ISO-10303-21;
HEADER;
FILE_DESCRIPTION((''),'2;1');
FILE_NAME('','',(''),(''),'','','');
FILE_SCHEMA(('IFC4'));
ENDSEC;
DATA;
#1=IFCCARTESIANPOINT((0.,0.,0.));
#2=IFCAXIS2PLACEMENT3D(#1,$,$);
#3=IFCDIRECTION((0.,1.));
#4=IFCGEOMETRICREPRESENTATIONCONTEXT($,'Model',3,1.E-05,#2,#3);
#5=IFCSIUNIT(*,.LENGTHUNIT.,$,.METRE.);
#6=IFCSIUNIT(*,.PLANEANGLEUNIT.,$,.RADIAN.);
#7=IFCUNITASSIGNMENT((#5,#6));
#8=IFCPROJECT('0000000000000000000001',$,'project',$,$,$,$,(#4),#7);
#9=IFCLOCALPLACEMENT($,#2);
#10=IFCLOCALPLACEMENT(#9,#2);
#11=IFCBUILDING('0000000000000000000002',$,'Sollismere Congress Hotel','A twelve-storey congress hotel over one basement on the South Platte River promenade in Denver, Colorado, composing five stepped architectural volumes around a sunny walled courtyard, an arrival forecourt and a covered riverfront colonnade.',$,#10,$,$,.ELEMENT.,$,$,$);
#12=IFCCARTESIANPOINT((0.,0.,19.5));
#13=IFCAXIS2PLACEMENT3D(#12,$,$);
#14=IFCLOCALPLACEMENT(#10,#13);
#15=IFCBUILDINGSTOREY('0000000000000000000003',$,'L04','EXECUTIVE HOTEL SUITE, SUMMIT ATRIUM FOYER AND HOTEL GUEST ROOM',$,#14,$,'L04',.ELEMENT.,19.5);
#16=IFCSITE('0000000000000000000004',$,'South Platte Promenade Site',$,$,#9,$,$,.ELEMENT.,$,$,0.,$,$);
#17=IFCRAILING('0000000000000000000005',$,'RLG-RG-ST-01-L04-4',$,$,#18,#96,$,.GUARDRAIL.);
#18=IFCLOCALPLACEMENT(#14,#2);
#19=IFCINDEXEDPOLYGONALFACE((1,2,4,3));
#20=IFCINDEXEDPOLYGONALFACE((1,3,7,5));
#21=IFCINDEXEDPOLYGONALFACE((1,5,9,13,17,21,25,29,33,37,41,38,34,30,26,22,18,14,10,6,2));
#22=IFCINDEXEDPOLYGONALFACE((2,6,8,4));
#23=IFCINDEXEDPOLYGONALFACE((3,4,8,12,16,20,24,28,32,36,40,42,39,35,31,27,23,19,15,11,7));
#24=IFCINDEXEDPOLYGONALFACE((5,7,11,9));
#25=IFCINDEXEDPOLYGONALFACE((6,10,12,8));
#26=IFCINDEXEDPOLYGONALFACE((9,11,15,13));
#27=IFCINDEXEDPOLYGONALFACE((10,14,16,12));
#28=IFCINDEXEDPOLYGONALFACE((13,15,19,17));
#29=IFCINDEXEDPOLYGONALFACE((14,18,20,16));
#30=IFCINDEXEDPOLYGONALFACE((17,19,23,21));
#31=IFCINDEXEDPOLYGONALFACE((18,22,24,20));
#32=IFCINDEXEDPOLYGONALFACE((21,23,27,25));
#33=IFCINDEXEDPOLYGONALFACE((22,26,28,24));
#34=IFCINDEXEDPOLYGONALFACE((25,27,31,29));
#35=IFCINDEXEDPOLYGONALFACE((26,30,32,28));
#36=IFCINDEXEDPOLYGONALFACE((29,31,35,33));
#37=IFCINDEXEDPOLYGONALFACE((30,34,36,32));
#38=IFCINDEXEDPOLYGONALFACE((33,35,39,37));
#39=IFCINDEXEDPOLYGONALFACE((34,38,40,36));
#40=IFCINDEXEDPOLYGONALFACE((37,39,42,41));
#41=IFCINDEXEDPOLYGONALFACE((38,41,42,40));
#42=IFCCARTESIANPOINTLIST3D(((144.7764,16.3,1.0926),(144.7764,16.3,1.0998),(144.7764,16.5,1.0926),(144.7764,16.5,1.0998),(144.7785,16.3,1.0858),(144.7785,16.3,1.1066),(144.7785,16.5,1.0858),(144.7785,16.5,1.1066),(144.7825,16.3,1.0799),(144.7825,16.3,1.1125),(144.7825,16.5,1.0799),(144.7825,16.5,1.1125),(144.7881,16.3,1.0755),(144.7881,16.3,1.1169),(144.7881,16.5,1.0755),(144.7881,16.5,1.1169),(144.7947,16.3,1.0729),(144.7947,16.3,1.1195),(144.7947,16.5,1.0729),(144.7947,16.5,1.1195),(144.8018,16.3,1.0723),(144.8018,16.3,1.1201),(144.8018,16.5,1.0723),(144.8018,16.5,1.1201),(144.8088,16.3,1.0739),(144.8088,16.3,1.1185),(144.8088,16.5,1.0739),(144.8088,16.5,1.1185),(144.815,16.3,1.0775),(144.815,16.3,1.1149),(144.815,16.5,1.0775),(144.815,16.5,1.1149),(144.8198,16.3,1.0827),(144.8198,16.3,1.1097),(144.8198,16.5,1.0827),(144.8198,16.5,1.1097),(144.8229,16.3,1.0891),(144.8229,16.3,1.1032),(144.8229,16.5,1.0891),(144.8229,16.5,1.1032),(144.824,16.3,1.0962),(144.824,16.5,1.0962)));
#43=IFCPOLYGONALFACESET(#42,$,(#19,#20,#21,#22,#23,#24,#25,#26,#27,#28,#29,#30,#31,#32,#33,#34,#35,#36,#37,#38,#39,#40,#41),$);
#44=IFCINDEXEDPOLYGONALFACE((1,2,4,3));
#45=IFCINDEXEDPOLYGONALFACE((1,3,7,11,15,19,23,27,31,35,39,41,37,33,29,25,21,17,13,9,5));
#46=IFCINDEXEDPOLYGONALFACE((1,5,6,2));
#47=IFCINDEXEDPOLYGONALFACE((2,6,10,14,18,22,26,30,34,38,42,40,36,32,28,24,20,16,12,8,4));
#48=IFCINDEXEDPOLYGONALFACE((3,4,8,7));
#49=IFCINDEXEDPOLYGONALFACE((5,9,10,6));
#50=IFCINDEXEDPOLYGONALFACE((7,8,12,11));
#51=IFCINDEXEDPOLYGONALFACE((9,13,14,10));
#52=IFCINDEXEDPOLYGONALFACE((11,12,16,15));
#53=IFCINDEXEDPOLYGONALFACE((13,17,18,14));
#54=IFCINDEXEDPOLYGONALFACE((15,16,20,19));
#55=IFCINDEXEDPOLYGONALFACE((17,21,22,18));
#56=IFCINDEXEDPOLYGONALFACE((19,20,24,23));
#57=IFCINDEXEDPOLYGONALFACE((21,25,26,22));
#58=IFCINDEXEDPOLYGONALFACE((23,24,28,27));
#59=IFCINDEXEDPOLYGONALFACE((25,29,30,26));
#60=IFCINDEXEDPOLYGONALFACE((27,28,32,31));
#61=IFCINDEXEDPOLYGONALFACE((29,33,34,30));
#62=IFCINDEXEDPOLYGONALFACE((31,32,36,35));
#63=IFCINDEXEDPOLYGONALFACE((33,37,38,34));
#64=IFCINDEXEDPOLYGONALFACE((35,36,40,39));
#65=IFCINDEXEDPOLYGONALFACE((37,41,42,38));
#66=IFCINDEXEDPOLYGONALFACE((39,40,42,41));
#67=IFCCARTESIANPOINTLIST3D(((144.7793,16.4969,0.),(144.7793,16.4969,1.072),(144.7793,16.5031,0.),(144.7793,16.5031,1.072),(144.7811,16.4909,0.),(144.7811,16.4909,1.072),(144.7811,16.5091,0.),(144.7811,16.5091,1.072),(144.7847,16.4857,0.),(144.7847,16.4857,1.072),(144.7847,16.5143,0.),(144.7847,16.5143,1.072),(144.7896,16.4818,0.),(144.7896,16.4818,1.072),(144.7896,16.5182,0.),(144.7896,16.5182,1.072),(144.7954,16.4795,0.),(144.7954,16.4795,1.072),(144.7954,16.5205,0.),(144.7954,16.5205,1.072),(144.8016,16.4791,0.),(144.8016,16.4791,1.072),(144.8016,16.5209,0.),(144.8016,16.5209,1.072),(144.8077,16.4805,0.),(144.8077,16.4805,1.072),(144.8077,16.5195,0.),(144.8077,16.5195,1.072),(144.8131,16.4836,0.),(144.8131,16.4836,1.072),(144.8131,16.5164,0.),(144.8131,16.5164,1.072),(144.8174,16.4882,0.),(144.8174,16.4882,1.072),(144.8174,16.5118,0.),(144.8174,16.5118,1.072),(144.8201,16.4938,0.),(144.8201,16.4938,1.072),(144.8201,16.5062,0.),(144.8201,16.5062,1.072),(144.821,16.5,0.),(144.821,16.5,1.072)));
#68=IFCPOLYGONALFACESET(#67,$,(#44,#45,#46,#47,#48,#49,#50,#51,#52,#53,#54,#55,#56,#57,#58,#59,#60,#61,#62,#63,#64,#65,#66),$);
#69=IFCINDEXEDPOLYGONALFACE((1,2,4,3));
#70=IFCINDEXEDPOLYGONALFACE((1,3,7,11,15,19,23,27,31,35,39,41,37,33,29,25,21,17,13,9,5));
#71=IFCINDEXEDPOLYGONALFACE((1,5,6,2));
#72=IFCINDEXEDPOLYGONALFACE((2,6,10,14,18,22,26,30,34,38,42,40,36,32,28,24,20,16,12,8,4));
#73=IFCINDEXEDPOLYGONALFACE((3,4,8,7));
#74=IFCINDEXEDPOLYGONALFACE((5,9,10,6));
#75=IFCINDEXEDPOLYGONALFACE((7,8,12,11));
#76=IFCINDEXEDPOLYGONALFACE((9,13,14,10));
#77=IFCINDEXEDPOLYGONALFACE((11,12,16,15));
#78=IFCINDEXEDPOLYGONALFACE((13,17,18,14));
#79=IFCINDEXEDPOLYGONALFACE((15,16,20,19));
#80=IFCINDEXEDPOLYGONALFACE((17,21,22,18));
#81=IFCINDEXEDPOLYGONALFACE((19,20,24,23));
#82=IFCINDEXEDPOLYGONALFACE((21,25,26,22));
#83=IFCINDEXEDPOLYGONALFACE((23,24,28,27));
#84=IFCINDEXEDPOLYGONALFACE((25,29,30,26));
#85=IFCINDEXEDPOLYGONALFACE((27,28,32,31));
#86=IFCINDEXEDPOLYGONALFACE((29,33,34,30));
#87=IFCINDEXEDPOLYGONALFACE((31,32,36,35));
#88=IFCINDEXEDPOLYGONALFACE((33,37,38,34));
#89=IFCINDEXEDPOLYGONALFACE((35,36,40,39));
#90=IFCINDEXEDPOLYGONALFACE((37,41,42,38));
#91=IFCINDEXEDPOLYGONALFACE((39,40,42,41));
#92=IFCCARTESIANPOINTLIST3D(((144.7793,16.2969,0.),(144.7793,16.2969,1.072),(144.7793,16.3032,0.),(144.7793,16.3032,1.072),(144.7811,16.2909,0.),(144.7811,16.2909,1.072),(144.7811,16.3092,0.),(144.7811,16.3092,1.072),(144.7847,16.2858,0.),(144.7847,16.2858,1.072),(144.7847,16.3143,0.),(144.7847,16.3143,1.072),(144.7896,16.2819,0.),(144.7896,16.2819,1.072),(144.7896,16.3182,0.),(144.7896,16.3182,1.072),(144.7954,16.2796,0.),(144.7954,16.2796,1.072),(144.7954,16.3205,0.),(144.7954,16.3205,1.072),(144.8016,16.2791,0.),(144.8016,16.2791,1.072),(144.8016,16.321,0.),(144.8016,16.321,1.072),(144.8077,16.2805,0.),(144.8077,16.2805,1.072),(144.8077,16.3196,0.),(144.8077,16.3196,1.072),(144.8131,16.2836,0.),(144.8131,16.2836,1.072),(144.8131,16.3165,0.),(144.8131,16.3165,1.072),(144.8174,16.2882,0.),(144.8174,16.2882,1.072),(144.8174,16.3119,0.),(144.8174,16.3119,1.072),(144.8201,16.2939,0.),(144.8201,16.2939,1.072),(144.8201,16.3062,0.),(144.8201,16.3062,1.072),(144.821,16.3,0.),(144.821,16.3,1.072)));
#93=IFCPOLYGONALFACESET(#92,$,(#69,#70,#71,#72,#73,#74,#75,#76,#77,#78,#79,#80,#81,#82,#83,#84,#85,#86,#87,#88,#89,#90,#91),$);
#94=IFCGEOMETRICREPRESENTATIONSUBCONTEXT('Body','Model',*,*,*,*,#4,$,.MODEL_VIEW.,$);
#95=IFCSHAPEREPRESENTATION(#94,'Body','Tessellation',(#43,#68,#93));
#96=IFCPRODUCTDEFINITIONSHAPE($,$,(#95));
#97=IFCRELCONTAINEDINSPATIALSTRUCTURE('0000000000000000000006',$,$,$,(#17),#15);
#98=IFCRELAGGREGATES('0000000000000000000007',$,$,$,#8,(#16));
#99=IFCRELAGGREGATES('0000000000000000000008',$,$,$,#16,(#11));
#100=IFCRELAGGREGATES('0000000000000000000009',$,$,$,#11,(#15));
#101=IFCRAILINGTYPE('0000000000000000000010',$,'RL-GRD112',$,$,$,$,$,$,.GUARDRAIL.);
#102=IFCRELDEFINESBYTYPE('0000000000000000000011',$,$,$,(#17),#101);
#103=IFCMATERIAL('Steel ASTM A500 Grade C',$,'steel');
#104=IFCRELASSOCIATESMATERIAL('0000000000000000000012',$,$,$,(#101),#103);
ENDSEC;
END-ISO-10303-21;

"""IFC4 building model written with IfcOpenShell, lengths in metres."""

from ifc_helpers import new_model, si_unit, direction, frame, origin, origin_2d, place, context, subcontext, project, spatial, circle, extrude, material, type_object, element, save


model = new_model("IFC4")

# Units and contexts
model_context = context("Model", 3, precision=1e-05, world=origin(), true_north=direction((0.0, 1.0)))
body_context = subcontext(model_context, "Body", "Model", "MODEL_VIEW")
ifc_project = project(units=[si_unit("LENGTHUNIT", "METRE"), si_unit("PLANEANGLEUNIT", "RADIAN")], contexts=[model_context])

# Site, building, storey
site_placement = place(None, origin())
site = spatial("IfcSite", under=ifc_project, at=site_placement, Name="South Platte Promenade Site", CompositionType="ELEMENT", RefElevation=0.0)
building_placement = place(site_placement, origin())
building = spatial("IfcBuilding", under=site, at=building_placement, Name="Sollismere Congress Hotel", Description="A twelve-storey congress hotel over one basement on the South Platte River promenade in Denver, Colorado, composing five stepped architectural volumes around a sunny walled courtyard, an arrival forecourt and a covered riverfront colonnade.", CompositionType="ELEMENT")
storey_placement = place(building_placement, frame((0.0, 0.0, 19.5)))
storey = spatial("IfcBuildingStorey", under=building, at=storey_placement, Name="L04", Description="EXECUTIVE HOTEL SUITE, SUMMIT ATRIUM FOYER AND HOTEL GUEST ROOM", LongName="L04", CompositionType="ELEMENT", Elevation=19.5)

# Railing
ifc_material_1 = material(Name="Steel ASTM A500 Grade C", Category="steel")
railing_type_1 = type_object("IfcRailingType", Name="RL-GRD112", PredefinedType="GUARDRAIL", material=ifc_material_1)
railing_1_placement = place(storey_placement, frame((144.8, 16.5, 0.0)))
element("IfcRailing", 1, at=railing_1_placement, inside=storey, type_object=railing_type_1, Name="RLG-RG-ST-01-L04-4", PredefinedType="GUARDRAIL", context=body_context, shape_type="SweptSolid", body=[
    extrude(circle(Radius=0.0239, at=origin_2d()), frame((0.0, 0.0, 1.0962), z_axis=(0.0, -1.0, 0.0), x_axis=(1.0, 0.0, 0.0)), (0.0, 0.0, 1.0), 0.2),
    extrude(circle(Radius=0.021, at=origin_2d()), origin(), (0.0, 0.0, 1.0), 1.072),
    extrude(circle(Radius=0.021, at=origin_2d()), frame((0.0, -0.2, 0.0)), (0.0, 0.0, 1.0), 1.072),
])

save(model, "model.ifc")
